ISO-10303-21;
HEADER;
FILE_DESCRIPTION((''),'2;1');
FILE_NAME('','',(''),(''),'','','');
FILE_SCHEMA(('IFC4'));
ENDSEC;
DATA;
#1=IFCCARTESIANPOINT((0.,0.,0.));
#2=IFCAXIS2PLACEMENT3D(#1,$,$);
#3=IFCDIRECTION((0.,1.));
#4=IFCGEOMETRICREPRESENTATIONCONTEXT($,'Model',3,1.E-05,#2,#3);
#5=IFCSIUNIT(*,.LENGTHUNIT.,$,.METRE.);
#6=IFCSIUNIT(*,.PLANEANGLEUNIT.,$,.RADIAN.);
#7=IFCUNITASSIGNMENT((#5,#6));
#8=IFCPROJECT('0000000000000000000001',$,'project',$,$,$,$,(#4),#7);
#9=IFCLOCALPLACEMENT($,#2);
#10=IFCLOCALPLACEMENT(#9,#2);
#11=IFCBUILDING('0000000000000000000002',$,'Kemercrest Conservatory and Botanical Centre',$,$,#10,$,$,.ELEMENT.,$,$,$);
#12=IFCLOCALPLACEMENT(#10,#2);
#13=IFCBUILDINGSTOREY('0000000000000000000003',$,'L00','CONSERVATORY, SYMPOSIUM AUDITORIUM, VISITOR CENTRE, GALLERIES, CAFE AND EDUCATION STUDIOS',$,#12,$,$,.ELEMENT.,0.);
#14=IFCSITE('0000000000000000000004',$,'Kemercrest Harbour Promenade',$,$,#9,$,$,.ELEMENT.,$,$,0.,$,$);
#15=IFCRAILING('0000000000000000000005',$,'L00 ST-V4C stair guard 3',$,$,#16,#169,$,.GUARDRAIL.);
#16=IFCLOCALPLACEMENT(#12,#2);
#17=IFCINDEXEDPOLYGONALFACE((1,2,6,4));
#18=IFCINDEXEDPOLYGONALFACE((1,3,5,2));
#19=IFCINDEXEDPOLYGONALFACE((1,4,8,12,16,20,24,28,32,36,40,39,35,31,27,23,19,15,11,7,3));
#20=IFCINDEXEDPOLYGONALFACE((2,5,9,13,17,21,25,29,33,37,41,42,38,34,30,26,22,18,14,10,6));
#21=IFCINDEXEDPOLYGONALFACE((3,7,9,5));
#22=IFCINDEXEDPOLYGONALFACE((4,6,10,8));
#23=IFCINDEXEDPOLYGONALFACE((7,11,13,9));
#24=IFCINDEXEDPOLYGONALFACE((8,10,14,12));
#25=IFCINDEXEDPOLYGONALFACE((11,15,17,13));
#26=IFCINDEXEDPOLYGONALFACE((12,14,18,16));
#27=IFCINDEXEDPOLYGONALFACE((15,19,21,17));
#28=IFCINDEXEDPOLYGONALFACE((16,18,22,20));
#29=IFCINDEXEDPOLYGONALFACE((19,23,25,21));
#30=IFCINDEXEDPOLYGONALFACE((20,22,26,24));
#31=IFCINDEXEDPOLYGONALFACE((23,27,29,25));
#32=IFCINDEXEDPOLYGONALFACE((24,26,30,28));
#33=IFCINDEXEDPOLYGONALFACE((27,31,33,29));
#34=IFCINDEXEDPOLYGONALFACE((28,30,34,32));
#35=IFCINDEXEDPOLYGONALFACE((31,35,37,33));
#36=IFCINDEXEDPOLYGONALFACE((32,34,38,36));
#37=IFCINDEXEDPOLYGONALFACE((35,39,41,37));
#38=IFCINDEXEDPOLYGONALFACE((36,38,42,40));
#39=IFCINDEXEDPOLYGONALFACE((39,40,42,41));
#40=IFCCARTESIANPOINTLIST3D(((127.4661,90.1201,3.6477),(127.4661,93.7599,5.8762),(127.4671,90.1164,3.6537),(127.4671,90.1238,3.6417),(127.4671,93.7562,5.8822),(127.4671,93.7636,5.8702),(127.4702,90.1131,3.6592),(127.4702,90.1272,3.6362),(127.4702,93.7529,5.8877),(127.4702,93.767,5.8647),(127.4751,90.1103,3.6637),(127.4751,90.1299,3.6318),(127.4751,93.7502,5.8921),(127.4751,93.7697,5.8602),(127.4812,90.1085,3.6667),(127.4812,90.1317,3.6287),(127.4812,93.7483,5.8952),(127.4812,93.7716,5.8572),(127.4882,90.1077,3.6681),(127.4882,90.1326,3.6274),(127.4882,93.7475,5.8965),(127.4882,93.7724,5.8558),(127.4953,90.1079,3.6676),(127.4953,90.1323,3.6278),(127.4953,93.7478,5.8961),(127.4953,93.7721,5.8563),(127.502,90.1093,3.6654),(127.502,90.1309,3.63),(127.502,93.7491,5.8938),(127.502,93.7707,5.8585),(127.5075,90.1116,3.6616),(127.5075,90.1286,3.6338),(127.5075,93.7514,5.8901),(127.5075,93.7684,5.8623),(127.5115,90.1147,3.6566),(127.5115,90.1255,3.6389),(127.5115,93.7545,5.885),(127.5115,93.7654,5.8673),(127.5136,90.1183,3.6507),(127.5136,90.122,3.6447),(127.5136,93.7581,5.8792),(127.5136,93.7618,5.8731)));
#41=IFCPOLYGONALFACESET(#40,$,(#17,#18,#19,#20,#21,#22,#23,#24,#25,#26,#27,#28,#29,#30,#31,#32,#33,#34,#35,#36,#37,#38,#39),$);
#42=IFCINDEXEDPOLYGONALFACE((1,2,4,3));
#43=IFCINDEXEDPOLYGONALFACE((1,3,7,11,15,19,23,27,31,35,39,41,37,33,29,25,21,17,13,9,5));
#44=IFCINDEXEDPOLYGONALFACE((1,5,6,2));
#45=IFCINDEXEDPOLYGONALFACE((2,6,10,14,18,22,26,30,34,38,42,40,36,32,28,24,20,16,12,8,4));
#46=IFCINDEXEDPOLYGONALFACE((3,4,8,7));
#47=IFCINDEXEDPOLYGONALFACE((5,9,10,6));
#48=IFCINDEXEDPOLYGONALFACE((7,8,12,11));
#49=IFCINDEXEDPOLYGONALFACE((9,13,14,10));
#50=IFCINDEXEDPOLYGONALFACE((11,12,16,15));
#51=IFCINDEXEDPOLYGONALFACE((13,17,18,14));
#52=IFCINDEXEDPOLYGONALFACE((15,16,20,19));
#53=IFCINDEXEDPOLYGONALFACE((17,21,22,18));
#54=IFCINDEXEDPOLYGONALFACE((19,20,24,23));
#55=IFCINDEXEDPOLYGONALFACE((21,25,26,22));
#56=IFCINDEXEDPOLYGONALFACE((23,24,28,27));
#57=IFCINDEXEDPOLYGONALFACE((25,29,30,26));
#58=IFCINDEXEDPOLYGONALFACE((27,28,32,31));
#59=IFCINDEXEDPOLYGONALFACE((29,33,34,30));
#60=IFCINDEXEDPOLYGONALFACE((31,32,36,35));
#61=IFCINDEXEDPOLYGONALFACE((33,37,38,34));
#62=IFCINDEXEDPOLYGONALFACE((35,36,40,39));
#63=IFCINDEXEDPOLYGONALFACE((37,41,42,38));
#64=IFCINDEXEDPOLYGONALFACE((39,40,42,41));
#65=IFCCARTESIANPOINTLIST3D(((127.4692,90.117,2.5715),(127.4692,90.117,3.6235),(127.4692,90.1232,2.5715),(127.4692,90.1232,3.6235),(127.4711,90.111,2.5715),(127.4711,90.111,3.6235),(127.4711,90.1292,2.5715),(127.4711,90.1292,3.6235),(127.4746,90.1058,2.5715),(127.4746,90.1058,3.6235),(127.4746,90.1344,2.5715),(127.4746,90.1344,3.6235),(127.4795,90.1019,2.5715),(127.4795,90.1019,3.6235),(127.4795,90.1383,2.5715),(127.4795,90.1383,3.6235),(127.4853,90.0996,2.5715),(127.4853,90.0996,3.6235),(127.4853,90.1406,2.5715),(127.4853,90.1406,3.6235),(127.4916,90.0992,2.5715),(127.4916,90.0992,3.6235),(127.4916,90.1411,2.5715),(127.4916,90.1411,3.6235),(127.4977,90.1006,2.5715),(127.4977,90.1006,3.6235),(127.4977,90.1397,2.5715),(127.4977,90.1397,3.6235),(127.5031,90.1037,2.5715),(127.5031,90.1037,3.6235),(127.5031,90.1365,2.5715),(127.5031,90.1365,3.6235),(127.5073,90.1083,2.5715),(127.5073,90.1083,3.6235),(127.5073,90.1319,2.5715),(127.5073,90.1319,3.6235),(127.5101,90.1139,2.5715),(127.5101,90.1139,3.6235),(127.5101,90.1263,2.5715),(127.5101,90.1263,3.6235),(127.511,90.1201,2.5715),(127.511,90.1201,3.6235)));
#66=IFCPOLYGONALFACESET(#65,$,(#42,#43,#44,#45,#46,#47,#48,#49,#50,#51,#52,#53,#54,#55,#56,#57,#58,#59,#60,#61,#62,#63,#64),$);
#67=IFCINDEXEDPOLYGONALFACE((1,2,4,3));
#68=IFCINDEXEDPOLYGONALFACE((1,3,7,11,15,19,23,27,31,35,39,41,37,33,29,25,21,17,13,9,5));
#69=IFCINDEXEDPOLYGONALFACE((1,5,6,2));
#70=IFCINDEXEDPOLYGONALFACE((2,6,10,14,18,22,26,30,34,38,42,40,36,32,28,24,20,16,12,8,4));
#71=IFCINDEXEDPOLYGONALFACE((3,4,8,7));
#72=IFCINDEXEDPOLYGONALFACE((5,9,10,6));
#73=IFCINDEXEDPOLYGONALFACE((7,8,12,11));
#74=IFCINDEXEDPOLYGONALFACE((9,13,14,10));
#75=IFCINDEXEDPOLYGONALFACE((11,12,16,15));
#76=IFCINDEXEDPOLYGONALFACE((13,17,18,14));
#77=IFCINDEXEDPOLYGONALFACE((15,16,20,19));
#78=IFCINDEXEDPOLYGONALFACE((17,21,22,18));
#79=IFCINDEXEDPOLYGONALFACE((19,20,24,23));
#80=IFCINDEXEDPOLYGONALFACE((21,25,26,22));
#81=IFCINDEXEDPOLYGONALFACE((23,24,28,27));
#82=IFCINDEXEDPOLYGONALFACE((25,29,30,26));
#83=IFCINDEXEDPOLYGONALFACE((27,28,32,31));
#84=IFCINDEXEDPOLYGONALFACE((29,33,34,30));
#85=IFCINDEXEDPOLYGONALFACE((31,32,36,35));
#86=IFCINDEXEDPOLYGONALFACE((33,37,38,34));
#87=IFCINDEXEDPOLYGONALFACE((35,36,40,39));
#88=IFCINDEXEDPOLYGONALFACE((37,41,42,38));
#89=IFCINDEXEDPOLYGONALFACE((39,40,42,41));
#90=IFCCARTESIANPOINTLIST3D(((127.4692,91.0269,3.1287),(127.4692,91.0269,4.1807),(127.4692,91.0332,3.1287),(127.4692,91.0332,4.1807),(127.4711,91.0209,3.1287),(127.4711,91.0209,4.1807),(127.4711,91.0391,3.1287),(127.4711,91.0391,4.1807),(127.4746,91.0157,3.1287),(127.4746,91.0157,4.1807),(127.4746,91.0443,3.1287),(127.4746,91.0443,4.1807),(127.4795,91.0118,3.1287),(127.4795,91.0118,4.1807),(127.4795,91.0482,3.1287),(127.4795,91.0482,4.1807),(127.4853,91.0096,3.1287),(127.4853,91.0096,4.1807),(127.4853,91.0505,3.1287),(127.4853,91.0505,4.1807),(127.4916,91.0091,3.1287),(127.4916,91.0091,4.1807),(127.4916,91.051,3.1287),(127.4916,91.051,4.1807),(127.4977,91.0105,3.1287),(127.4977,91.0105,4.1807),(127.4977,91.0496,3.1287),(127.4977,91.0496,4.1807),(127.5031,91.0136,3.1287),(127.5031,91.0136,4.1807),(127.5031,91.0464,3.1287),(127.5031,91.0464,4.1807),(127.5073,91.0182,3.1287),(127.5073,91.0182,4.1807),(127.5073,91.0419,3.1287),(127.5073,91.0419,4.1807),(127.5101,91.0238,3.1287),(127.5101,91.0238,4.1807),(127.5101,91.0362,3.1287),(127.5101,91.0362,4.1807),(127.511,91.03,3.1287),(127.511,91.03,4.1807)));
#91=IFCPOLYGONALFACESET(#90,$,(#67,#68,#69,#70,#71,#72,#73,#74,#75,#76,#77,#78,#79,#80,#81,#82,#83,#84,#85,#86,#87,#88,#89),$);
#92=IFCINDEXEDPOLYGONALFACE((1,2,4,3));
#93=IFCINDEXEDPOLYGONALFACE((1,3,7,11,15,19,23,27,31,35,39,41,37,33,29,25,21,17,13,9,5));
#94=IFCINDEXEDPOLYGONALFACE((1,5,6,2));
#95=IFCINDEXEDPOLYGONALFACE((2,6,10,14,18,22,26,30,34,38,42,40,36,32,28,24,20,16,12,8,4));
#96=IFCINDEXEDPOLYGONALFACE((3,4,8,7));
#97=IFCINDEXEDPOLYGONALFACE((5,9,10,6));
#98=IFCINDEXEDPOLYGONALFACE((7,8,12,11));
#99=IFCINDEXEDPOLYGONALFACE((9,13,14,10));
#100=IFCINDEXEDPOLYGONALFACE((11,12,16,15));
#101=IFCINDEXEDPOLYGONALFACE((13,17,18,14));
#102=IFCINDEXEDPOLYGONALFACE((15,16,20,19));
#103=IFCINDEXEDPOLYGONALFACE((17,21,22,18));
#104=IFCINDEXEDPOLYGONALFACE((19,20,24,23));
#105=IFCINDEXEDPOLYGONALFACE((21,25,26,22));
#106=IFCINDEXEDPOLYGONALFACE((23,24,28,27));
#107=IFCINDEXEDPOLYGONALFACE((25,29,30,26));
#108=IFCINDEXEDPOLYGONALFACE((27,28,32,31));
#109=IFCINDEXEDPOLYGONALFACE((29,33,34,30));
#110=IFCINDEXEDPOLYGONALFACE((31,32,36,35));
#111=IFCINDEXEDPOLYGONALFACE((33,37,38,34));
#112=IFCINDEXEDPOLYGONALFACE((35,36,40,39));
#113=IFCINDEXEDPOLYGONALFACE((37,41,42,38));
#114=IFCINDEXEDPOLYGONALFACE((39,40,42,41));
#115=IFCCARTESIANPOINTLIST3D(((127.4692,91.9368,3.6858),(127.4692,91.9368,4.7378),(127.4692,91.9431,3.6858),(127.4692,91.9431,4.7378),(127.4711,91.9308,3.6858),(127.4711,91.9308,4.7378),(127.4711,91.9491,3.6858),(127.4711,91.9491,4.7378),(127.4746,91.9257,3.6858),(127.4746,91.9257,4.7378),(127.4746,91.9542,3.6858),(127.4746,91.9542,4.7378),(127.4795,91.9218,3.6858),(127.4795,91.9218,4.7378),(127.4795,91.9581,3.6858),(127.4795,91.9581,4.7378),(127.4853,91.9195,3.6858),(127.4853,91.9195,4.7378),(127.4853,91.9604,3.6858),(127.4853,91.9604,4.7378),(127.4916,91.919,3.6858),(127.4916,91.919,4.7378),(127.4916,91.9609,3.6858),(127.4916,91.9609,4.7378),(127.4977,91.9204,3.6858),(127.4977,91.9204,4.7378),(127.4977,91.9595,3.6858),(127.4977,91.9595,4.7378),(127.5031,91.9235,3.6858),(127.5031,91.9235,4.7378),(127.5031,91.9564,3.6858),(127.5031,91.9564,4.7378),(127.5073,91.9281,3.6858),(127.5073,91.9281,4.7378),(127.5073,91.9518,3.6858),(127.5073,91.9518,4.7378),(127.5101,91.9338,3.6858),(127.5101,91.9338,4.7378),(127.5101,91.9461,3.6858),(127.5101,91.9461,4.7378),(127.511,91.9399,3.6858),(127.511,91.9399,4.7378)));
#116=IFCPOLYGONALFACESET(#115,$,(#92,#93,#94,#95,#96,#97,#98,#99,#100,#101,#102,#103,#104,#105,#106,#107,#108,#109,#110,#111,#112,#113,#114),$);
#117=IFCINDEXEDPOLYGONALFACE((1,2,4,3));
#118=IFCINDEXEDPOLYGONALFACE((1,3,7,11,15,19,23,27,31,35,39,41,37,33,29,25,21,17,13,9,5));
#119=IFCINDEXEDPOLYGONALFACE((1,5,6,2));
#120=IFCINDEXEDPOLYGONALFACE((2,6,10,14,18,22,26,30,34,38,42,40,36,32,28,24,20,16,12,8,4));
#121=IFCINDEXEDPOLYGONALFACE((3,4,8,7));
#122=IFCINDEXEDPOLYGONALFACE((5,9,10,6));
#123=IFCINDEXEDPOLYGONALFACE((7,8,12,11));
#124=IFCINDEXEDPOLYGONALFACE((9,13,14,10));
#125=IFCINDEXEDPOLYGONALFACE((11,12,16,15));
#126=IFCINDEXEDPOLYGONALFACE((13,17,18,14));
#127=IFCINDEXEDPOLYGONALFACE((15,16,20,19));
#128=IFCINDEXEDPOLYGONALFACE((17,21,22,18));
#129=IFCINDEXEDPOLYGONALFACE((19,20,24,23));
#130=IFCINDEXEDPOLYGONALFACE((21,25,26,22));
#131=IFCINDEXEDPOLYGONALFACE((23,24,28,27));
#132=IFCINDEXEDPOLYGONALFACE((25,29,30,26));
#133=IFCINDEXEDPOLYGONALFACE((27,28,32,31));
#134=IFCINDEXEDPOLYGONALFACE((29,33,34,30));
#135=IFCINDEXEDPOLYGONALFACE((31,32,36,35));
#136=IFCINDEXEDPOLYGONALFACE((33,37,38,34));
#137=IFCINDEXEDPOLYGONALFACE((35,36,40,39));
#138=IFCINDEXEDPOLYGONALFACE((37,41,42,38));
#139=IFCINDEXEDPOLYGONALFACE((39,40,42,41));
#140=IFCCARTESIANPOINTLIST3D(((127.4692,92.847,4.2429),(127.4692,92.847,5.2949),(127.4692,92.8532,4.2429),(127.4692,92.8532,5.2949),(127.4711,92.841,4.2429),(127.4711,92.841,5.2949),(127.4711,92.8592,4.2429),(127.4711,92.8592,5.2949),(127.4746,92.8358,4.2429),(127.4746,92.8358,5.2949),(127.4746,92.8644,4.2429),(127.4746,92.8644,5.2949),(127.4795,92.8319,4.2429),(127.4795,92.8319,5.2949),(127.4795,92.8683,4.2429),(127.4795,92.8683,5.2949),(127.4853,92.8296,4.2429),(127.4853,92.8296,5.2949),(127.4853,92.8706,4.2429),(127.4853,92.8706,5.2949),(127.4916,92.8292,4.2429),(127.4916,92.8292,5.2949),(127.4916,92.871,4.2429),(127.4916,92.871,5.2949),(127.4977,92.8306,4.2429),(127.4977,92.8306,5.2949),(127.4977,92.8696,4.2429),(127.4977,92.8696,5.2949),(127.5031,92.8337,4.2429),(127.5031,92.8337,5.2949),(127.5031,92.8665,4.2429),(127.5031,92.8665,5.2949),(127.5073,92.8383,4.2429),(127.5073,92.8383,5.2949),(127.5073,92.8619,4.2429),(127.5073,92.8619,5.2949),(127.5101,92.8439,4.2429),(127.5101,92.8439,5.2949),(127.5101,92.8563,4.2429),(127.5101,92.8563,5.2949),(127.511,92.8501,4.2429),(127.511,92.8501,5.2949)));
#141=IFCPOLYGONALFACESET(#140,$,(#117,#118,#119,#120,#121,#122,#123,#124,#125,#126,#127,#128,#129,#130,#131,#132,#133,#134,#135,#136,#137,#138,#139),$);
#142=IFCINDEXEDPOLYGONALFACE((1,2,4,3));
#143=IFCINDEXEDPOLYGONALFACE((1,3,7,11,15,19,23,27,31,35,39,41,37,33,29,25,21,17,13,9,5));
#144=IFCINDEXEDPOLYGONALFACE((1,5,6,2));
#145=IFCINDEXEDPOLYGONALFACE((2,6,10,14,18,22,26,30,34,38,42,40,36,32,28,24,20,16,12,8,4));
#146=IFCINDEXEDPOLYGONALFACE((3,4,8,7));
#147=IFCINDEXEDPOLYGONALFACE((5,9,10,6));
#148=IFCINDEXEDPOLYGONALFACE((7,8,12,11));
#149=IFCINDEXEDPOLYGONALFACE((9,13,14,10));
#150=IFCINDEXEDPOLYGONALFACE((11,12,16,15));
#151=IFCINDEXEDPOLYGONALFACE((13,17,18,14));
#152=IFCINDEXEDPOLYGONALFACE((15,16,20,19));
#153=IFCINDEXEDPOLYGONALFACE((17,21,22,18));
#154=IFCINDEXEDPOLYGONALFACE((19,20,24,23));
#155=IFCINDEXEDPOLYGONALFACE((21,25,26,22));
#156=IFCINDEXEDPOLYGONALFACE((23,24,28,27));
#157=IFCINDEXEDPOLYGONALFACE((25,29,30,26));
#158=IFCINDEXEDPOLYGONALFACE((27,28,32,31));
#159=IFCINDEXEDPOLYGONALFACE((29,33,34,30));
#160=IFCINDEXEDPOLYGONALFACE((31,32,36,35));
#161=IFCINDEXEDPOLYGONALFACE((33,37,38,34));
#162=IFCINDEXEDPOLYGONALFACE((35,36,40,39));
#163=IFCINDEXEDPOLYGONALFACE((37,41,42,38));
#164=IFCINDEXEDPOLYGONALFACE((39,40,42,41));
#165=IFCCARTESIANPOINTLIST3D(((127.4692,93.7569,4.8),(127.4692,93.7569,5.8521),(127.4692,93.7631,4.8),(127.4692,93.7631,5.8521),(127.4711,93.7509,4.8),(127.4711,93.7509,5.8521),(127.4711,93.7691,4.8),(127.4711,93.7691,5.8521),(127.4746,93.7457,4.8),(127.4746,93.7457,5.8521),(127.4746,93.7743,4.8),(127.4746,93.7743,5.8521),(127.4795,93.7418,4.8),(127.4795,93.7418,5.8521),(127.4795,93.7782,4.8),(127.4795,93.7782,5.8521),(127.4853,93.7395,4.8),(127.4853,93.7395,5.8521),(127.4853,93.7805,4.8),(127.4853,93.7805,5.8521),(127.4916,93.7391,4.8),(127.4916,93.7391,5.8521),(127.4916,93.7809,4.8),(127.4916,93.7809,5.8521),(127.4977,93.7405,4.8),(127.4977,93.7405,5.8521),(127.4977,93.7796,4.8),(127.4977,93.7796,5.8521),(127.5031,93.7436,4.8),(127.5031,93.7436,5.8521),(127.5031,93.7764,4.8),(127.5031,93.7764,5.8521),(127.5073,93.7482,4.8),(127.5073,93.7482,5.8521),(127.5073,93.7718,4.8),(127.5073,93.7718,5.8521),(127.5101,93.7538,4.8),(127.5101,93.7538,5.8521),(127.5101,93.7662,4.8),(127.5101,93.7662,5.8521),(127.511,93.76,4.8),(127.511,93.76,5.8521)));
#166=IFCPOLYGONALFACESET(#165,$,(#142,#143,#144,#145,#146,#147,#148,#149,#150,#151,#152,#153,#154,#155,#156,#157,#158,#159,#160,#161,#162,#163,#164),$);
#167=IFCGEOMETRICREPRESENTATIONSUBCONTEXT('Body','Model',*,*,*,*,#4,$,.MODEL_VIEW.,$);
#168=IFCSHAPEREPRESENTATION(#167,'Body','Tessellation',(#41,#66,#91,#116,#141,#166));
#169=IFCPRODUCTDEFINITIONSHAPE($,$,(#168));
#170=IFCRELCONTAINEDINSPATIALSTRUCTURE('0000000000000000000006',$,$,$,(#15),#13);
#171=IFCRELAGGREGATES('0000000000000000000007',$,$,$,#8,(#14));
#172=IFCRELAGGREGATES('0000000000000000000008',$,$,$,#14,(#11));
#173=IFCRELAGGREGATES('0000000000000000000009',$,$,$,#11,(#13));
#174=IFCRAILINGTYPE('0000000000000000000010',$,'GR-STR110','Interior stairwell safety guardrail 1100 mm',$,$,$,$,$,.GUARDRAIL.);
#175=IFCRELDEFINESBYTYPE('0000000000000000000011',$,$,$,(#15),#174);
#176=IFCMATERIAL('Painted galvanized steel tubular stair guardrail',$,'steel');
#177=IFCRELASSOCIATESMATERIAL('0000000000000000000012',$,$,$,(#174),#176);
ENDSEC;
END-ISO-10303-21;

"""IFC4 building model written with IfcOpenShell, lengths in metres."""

from ifc_helpers import new_model, si_unit, direction, frame, origin, origin_2d, place, context, subcontext, project, spatial, circle, extrude, material, type_object, element, save


model = new_model("IFC4")

# Units and contexts
model_context = context("Model", 3, precision=1e-05, world=origin(), true_north=direction((0.0, 1.0)))
body_context = subcontext(model_context, "Body", "Model", "MODEL_VIEW")
ifc_project = project(units=[si_unit("LENGTHUNIT", "METRE"), si_unit("PLANEANGLEUNIT", "RADIAN")], contexts=[model_context])

# Site, building, storey
site_placement = place(None, origin())
site = spatial("IfcSite", under=ifc_project, at=site_placement, Name="Kemercrest Harbour Promenade", CompositionType="ELEMENT", RefElevation=0.0)
building_placement = place(site_placement, origin())
building = spatial("IfcBuilding", under=site, at=building_placement, Name="Kemercrest Conservatory and Botanical Centre", CompositionType="ELEMENT")
storey_placement = place(building_placement, origin())
storey = spatial("IfcBuildingStorey", under=building, at=storey_placement, Name="L00", Description="CONSERVATORY, SYMPOSIUM AUDITORIUM, VISITOR CENTRE, GALLERIES, CAFE AND EDUCATION STUDIOS", CompositionType="ELEMENT", Elevation=0.0)

# Railing
ifc_material_1 = material(Name="Painted galvanized steel tubular stair guardrail", Category="steel")
railing_type_1 = type_object("IfcRailingType", Name="GR-STR110", Description="Interior stairwell safety guardrail 1100 mm", PredefinedType="GUARDRAIL", material=ifc_material_1)
railing_1_placement = place(storey_placement, frame((127.49, 90.1201, 2.5715)))
element("IfcRailing", 1, at=railing_1_placement, inside=storey, type_object=railing_type_1, Name="L00 ST-V4C stair guard 3", PredefinedType="GUARDRAIL", context=body_context, shape_type="SweptSolid", body=[
    extrude(circle(Radius=0.0239, at=origin_2d()), frame((0.0, 0.0, 1.0762), z_axis=(0.0, 0.85285, 0.522156), x_axis=(-1.0, 0.0, 0.0)), (0.0, 0.0, 1.0), 4.2678),
    extrude(circle(Radius=0.021, at=origin_2d()), origin(), (0.0, 0.0, 1.0), 1.052),
    extrude(circle(Radius=0.021, at=origin_2d()), frame((0.0, 0.9099, 0.5571)), (0.0, 0.0, 1.0), 1.052),
    extrude(circle(Radius=0.021, at=origin_2d()), frame((0.0, 1.8198, 1.1143)), (0.0, 0.0, 1.0), 1.052),
    extrude(circle(Radius=0.021, at=origin_2d()), frame((0.0, 2.73, 1.6714)), (0.0, 0.0, 1.0), 1.052),
    extrude(circle(Radius=0.021, at=origin_2d()), frame((0.0, 3.6399, 2.2285)), (0.0, 0.0, 1.0), 1.052),
])

save(model, "model.ifc")
